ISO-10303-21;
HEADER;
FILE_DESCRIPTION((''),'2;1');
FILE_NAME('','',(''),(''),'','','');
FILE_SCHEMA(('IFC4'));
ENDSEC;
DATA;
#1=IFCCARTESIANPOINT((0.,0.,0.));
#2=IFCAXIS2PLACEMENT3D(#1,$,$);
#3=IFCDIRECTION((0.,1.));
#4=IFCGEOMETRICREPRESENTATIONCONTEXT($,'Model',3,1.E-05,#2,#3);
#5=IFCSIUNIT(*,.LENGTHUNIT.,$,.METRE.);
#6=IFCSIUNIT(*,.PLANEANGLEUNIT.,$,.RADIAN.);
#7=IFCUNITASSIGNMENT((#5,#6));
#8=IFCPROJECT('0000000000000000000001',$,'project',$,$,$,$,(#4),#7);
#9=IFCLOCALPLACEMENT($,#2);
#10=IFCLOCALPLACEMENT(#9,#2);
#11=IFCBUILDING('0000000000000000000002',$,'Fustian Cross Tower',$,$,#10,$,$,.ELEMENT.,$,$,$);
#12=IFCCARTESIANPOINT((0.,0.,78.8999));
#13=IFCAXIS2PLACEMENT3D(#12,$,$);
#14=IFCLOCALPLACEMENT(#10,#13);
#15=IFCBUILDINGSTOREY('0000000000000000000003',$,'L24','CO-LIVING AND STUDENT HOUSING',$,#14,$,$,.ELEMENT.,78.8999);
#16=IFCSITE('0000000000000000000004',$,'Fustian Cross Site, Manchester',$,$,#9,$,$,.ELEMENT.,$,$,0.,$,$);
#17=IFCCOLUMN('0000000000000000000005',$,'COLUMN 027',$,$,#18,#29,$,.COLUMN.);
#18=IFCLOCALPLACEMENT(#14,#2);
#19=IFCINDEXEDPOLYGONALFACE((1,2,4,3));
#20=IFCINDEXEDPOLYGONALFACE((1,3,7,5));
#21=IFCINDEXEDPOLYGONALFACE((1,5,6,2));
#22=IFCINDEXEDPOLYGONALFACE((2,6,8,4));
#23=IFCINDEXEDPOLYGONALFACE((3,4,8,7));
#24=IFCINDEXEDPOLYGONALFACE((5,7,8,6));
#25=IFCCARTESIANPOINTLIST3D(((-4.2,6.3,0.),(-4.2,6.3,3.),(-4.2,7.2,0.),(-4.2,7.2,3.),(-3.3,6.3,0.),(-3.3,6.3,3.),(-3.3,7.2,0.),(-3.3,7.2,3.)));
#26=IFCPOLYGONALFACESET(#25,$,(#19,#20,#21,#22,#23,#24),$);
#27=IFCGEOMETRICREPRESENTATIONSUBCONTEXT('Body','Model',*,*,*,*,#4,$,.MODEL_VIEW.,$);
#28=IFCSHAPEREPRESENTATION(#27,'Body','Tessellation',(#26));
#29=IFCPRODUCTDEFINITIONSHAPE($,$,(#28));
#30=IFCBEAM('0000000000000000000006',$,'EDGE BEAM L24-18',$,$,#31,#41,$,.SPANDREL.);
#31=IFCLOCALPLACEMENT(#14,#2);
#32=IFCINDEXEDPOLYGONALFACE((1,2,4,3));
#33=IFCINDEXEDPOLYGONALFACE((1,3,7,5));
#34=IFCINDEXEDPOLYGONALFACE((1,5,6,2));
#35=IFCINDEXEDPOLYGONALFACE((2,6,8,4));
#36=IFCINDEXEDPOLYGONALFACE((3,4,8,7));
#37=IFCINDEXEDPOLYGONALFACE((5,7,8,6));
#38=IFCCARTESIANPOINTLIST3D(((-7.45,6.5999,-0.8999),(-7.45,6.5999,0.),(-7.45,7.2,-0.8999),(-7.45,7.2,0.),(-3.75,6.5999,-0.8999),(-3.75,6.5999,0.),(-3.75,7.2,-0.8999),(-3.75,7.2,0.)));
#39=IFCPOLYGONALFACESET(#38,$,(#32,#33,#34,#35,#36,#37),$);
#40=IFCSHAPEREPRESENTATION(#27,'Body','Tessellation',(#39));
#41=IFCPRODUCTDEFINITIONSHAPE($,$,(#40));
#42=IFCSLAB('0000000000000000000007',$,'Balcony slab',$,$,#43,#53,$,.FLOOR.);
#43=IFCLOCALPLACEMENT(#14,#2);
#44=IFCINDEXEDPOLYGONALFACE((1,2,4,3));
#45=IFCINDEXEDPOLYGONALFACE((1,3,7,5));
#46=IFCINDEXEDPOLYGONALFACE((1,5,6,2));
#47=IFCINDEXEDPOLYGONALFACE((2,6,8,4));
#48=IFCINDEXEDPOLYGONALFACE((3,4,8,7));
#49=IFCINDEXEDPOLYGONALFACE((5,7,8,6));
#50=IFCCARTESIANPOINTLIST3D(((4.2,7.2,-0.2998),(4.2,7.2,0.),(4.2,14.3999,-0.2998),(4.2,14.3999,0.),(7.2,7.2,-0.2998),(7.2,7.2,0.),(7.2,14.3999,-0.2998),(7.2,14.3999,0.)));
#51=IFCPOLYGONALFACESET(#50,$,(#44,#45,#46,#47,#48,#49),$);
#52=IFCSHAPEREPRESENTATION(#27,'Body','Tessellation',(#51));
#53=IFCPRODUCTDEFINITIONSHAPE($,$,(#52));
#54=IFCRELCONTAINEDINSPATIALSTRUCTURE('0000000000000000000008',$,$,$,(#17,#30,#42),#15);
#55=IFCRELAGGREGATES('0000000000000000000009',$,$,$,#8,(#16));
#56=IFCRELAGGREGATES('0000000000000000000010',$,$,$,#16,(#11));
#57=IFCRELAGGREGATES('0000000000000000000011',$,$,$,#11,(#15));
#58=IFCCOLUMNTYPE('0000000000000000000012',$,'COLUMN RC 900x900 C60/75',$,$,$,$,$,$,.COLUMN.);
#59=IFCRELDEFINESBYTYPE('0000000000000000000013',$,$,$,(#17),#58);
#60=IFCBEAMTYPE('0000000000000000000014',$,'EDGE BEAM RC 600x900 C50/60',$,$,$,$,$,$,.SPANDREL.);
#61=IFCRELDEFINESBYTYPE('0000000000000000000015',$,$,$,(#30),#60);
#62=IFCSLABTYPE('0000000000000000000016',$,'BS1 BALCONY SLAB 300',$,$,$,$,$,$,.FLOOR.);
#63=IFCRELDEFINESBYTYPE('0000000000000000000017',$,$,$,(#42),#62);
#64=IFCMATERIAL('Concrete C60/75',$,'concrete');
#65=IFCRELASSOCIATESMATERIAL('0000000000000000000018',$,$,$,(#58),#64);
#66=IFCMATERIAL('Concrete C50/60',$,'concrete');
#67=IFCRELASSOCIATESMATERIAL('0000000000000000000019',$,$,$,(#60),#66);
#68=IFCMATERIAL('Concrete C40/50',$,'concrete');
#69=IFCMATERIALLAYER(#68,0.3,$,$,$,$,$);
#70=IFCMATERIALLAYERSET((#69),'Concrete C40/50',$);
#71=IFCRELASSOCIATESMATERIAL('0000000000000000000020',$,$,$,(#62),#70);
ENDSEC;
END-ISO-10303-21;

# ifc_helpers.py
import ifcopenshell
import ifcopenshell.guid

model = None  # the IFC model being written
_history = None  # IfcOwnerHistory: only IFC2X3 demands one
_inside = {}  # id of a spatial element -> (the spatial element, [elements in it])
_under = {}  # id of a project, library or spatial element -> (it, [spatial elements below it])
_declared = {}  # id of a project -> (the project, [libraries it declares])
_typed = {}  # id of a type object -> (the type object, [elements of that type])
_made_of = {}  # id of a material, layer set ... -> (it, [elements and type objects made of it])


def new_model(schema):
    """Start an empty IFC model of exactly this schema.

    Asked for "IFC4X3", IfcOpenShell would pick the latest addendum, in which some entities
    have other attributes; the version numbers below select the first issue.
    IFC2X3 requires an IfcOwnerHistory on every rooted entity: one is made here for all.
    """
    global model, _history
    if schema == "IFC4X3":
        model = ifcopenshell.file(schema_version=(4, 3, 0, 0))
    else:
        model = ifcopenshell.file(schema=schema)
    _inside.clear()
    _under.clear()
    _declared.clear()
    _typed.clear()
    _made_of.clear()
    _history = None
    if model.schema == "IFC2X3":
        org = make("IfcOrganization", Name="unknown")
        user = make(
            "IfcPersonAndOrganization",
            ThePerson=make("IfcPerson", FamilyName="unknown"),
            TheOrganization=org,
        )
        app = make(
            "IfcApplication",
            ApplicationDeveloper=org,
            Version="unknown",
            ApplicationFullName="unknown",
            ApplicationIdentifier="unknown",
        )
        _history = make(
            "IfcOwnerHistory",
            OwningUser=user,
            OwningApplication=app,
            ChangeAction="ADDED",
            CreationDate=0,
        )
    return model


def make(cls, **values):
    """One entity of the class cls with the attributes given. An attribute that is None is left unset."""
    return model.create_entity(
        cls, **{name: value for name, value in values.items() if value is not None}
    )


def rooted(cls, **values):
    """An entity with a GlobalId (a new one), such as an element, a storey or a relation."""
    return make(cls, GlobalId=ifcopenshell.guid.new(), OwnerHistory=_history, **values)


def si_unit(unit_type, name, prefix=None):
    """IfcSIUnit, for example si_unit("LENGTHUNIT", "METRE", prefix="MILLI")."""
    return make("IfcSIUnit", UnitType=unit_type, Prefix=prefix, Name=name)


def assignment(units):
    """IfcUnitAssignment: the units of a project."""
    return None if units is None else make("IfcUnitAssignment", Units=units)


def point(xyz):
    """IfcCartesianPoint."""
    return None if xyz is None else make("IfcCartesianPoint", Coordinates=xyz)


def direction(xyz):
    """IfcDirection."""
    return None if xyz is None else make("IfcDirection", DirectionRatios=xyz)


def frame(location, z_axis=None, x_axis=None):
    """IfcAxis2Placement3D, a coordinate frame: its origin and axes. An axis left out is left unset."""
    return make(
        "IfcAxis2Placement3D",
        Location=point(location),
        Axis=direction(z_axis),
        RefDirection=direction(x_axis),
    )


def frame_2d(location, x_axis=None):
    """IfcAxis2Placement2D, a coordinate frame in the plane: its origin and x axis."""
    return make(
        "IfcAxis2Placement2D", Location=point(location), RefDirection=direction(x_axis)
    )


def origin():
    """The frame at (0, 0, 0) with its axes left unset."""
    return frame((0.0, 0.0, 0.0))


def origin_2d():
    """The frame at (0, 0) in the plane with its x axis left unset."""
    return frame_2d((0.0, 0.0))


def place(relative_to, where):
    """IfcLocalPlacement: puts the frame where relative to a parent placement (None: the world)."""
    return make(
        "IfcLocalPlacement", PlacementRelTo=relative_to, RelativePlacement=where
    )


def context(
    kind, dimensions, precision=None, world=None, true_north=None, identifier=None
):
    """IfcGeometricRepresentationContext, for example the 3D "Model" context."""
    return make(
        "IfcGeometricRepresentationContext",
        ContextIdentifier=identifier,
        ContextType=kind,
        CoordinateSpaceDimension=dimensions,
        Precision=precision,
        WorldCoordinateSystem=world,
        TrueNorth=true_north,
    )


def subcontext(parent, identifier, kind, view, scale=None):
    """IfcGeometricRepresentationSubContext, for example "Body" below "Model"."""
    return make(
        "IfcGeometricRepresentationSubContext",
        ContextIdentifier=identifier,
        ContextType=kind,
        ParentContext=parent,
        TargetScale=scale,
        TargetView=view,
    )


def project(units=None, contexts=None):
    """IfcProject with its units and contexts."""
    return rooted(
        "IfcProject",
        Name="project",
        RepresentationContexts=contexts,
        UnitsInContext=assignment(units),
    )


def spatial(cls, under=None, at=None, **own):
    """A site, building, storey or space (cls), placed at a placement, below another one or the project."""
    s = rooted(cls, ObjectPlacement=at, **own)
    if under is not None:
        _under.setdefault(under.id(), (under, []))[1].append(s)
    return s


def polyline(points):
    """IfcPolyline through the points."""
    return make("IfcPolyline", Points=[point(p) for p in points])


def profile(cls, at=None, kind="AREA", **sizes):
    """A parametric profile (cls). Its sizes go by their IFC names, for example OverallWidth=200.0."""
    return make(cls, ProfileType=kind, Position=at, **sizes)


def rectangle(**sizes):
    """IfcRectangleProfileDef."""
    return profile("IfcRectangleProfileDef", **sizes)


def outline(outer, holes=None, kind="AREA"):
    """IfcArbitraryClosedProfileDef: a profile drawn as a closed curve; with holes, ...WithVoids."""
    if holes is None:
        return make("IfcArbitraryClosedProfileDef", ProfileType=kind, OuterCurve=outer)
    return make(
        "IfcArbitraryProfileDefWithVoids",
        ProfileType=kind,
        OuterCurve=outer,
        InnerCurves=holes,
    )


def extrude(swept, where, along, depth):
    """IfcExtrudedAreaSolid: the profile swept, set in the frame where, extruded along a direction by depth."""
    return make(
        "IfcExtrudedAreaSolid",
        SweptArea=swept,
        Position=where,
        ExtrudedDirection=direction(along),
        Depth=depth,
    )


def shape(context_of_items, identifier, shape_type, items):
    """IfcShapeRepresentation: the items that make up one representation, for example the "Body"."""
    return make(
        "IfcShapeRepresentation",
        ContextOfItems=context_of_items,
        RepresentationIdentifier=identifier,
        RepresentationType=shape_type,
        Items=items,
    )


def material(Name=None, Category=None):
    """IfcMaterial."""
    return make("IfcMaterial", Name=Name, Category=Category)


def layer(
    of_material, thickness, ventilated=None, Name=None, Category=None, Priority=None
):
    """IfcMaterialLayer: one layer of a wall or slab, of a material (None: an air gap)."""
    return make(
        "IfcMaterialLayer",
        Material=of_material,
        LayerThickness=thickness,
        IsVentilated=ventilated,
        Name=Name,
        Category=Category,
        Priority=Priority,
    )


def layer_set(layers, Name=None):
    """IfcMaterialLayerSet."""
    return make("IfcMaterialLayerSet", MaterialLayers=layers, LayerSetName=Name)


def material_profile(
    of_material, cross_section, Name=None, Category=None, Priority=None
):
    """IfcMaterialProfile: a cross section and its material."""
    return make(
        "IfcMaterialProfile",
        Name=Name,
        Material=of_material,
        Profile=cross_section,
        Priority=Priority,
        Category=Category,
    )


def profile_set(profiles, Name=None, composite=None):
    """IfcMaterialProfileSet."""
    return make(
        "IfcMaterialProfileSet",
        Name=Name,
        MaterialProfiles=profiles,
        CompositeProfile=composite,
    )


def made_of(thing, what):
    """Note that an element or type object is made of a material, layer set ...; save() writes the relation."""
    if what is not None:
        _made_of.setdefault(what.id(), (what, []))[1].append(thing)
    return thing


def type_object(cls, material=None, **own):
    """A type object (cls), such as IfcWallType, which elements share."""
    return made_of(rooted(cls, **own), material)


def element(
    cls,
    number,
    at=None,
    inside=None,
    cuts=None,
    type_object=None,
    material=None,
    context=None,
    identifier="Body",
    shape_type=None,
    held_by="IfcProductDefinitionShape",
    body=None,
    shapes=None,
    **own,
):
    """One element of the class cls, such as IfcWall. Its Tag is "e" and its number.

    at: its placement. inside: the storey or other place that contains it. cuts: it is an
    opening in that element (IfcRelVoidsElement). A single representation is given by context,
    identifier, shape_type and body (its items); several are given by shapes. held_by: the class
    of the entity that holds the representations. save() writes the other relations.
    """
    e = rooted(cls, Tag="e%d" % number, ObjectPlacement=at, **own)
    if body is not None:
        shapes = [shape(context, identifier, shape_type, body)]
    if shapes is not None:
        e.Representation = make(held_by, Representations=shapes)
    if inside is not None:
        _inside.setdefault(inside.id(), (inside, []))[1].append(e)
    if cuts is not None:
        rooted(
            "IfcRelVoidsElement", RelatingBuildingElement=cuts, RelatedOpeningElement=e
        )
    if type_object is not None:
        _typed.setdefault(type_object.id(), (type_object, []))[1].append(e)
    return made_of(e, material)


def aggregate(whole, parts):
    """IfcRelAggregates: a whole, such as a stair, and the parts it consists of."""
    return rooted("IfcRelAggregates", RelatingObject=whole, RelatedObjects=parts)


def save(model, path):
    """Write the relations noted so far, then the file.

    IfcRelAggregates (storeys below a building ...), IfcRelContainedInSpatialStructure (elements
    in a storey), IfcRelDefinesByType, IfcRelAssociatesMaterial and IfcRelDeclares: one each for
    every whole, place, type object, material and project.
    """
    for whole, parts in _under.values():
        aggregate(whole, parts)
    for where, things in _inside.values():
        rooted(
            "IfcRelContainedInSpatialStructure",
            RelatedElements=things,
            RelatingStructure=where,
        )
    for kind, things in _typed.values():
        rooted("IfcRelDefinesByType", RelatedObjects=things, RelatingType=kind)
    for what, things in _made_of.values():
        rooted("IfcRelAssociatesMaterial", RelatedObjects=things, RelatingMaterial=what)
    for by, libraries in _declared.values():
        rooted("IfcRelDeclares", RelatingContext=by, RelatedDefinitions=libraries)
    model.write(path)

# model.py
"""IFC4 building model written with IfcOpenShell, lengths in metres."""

from ifc_helpers import new_model, si_unit, direction, frame, origin, origin_2d, place, context, subcontext, project, spatial, polyline, rectangle, outline, extrude, material, layer, layer_set, material_profile, profile_set, type_object, element, save


model = new_model("IFC4")

# Units and contexts
model_context = context("Model", 3, precision=1e-05, world=origin(), true_north=direction((0.0, 1.0)))
body_context = subcontext(model_context, "Body", "Model", "MODEL_VIEW")
ifc_project = project(units=[si_unit("LENGTHUNIT", "METRE"), si_unit("PLANEANGLEUNIT", "RADIAN")], contexts=[model_context])

# Site, building, storey
site_placement = place(None, origin())
site = spatial("IfcSite", under=ifc_project, at=site_placement, Name="Fustian Cross Site, Manchester", CompositionType="ELEMENT", RefElevation=0.0)
building_placement = place(site_placement, origin())
building = spatial("IfcBuilding", under=site, at=building_placement, Name="Fustian Cross Tower", CompositionType="ELEMENT")
storey_placement = place(building_placement, frame((0.0, 0.0, 78.8999)))
storey = spatial("IfcBuildingStorey", under=building, at=storey_placement, Name="L24", Description="CO-LIVING AND STUDENT HOUSING", CompositionType="ELEMENT", Elevation=78.8999)

# Column
ifc_material_1 = material(Name="Concrete C60/75", Category="concrete")
ifc_material_profile_1 = material_profile(ifc_material_1, rectangle(XDim=0.8999, YDim=0.8999, at=origin_2d()), Name="RC 900x900")
ifc_profile_set_1 = profile_set([ifc_material_profile_1], Name="Concrete C60/75")
column_type = type_object("IfcColumnType", Name="COLUMN RC 900x900 C60/75", PredefinedType="COLUMN", material=ifc_profile_set_1)
column_placement = place(storey_placement, frame((-3.75, 6.75, 0.0), z_axis=(0.0, 0.0, 1.0), x_axis=(1.0, 0.0, 0.0)))
element("IfcColumn", 1, at=column_placement, inside=storey, type_object=column_type, Name="COLUMN 027", PredefinedType="COLUMN", context=body_context, shape_type="SweptSolid", body=[
    extrude(rectangle(XDim=0.8999, YDim=0.8999, at=origin_2d()), origin(), (0.0, 0.0, 1.0), 3.0),
])

# Beam
ifc_material_2 = material(Name="Concrete C50/60", Category="concrete")
ifc_material_profile_2 = material_profile(ifc_material_2, rectangle(XDim=0.6001, YDim=0.8999, at=origin_2d()), Name="RC 600x900")
ifc_profile_set_2 = profile_set([ifc_material_profile_2], Name="Concrete C50/60")
beam_type = type_object("IfcBeamType", Name="EDGE BEAM RC 600x900 C50/60", PredefinedType="SPANDREL", material=ifc_profile_set_2)
beam_placement = place(storey_placement, frame((-3.75, 6.8999, -0.45), z_axis=(-1.0, 0.0, 0.0), x_axis=(0.0, -1.0, 0.0)))
element("IfcBeam", 2, at=beam_placement, inside=storey, type_object=beam_type, Name="EDGE BEAM L24-18", PredefinedType="SPANDREL", context=body_context, shape_type="SweptSolid", body=[
    extrude(rectangle(XDim=0.6001, YDim=0.8999, at=origin_2d()), origin(), (0.0, 0.0, 1.0), 3.7),
])

# Slab
ifc_material_3 = material(Name="Concrete C40/50", Category="concrete")
ifc_layer_1 = layer(ifc_material_3, 0.3)
ifc_layer_set_1 = layer_set([ifc_layer_1], Name="Concrete C40/50")
slab_type_1 = type_object("IfcSlabType", Name="BS1 BALCONY SLAB 300", PredefinedType="FLOOR", material=ifc_layer_set_1)
slab_1_placement = place(storey_placement, frame((0.0, 0.0, -0.2998)))
element("IfcSlab", 3, at=slab_1_placement, inside=storey, type_object=slab_type_1, Name="Balcony slab", PredefinedType="FLOOR", context=body_context, shape_type="SweptSolid", body=[
    extrude(outline(polyline([(4.2, 7.2), (7.2, 7.2), (7.2, 14.3999), (4.2, 14.3999), (4.2, 7.2)])), origin(), (0.0, 0.0, 1.0), 0.2998),
])

save(model, "model.ifc")
